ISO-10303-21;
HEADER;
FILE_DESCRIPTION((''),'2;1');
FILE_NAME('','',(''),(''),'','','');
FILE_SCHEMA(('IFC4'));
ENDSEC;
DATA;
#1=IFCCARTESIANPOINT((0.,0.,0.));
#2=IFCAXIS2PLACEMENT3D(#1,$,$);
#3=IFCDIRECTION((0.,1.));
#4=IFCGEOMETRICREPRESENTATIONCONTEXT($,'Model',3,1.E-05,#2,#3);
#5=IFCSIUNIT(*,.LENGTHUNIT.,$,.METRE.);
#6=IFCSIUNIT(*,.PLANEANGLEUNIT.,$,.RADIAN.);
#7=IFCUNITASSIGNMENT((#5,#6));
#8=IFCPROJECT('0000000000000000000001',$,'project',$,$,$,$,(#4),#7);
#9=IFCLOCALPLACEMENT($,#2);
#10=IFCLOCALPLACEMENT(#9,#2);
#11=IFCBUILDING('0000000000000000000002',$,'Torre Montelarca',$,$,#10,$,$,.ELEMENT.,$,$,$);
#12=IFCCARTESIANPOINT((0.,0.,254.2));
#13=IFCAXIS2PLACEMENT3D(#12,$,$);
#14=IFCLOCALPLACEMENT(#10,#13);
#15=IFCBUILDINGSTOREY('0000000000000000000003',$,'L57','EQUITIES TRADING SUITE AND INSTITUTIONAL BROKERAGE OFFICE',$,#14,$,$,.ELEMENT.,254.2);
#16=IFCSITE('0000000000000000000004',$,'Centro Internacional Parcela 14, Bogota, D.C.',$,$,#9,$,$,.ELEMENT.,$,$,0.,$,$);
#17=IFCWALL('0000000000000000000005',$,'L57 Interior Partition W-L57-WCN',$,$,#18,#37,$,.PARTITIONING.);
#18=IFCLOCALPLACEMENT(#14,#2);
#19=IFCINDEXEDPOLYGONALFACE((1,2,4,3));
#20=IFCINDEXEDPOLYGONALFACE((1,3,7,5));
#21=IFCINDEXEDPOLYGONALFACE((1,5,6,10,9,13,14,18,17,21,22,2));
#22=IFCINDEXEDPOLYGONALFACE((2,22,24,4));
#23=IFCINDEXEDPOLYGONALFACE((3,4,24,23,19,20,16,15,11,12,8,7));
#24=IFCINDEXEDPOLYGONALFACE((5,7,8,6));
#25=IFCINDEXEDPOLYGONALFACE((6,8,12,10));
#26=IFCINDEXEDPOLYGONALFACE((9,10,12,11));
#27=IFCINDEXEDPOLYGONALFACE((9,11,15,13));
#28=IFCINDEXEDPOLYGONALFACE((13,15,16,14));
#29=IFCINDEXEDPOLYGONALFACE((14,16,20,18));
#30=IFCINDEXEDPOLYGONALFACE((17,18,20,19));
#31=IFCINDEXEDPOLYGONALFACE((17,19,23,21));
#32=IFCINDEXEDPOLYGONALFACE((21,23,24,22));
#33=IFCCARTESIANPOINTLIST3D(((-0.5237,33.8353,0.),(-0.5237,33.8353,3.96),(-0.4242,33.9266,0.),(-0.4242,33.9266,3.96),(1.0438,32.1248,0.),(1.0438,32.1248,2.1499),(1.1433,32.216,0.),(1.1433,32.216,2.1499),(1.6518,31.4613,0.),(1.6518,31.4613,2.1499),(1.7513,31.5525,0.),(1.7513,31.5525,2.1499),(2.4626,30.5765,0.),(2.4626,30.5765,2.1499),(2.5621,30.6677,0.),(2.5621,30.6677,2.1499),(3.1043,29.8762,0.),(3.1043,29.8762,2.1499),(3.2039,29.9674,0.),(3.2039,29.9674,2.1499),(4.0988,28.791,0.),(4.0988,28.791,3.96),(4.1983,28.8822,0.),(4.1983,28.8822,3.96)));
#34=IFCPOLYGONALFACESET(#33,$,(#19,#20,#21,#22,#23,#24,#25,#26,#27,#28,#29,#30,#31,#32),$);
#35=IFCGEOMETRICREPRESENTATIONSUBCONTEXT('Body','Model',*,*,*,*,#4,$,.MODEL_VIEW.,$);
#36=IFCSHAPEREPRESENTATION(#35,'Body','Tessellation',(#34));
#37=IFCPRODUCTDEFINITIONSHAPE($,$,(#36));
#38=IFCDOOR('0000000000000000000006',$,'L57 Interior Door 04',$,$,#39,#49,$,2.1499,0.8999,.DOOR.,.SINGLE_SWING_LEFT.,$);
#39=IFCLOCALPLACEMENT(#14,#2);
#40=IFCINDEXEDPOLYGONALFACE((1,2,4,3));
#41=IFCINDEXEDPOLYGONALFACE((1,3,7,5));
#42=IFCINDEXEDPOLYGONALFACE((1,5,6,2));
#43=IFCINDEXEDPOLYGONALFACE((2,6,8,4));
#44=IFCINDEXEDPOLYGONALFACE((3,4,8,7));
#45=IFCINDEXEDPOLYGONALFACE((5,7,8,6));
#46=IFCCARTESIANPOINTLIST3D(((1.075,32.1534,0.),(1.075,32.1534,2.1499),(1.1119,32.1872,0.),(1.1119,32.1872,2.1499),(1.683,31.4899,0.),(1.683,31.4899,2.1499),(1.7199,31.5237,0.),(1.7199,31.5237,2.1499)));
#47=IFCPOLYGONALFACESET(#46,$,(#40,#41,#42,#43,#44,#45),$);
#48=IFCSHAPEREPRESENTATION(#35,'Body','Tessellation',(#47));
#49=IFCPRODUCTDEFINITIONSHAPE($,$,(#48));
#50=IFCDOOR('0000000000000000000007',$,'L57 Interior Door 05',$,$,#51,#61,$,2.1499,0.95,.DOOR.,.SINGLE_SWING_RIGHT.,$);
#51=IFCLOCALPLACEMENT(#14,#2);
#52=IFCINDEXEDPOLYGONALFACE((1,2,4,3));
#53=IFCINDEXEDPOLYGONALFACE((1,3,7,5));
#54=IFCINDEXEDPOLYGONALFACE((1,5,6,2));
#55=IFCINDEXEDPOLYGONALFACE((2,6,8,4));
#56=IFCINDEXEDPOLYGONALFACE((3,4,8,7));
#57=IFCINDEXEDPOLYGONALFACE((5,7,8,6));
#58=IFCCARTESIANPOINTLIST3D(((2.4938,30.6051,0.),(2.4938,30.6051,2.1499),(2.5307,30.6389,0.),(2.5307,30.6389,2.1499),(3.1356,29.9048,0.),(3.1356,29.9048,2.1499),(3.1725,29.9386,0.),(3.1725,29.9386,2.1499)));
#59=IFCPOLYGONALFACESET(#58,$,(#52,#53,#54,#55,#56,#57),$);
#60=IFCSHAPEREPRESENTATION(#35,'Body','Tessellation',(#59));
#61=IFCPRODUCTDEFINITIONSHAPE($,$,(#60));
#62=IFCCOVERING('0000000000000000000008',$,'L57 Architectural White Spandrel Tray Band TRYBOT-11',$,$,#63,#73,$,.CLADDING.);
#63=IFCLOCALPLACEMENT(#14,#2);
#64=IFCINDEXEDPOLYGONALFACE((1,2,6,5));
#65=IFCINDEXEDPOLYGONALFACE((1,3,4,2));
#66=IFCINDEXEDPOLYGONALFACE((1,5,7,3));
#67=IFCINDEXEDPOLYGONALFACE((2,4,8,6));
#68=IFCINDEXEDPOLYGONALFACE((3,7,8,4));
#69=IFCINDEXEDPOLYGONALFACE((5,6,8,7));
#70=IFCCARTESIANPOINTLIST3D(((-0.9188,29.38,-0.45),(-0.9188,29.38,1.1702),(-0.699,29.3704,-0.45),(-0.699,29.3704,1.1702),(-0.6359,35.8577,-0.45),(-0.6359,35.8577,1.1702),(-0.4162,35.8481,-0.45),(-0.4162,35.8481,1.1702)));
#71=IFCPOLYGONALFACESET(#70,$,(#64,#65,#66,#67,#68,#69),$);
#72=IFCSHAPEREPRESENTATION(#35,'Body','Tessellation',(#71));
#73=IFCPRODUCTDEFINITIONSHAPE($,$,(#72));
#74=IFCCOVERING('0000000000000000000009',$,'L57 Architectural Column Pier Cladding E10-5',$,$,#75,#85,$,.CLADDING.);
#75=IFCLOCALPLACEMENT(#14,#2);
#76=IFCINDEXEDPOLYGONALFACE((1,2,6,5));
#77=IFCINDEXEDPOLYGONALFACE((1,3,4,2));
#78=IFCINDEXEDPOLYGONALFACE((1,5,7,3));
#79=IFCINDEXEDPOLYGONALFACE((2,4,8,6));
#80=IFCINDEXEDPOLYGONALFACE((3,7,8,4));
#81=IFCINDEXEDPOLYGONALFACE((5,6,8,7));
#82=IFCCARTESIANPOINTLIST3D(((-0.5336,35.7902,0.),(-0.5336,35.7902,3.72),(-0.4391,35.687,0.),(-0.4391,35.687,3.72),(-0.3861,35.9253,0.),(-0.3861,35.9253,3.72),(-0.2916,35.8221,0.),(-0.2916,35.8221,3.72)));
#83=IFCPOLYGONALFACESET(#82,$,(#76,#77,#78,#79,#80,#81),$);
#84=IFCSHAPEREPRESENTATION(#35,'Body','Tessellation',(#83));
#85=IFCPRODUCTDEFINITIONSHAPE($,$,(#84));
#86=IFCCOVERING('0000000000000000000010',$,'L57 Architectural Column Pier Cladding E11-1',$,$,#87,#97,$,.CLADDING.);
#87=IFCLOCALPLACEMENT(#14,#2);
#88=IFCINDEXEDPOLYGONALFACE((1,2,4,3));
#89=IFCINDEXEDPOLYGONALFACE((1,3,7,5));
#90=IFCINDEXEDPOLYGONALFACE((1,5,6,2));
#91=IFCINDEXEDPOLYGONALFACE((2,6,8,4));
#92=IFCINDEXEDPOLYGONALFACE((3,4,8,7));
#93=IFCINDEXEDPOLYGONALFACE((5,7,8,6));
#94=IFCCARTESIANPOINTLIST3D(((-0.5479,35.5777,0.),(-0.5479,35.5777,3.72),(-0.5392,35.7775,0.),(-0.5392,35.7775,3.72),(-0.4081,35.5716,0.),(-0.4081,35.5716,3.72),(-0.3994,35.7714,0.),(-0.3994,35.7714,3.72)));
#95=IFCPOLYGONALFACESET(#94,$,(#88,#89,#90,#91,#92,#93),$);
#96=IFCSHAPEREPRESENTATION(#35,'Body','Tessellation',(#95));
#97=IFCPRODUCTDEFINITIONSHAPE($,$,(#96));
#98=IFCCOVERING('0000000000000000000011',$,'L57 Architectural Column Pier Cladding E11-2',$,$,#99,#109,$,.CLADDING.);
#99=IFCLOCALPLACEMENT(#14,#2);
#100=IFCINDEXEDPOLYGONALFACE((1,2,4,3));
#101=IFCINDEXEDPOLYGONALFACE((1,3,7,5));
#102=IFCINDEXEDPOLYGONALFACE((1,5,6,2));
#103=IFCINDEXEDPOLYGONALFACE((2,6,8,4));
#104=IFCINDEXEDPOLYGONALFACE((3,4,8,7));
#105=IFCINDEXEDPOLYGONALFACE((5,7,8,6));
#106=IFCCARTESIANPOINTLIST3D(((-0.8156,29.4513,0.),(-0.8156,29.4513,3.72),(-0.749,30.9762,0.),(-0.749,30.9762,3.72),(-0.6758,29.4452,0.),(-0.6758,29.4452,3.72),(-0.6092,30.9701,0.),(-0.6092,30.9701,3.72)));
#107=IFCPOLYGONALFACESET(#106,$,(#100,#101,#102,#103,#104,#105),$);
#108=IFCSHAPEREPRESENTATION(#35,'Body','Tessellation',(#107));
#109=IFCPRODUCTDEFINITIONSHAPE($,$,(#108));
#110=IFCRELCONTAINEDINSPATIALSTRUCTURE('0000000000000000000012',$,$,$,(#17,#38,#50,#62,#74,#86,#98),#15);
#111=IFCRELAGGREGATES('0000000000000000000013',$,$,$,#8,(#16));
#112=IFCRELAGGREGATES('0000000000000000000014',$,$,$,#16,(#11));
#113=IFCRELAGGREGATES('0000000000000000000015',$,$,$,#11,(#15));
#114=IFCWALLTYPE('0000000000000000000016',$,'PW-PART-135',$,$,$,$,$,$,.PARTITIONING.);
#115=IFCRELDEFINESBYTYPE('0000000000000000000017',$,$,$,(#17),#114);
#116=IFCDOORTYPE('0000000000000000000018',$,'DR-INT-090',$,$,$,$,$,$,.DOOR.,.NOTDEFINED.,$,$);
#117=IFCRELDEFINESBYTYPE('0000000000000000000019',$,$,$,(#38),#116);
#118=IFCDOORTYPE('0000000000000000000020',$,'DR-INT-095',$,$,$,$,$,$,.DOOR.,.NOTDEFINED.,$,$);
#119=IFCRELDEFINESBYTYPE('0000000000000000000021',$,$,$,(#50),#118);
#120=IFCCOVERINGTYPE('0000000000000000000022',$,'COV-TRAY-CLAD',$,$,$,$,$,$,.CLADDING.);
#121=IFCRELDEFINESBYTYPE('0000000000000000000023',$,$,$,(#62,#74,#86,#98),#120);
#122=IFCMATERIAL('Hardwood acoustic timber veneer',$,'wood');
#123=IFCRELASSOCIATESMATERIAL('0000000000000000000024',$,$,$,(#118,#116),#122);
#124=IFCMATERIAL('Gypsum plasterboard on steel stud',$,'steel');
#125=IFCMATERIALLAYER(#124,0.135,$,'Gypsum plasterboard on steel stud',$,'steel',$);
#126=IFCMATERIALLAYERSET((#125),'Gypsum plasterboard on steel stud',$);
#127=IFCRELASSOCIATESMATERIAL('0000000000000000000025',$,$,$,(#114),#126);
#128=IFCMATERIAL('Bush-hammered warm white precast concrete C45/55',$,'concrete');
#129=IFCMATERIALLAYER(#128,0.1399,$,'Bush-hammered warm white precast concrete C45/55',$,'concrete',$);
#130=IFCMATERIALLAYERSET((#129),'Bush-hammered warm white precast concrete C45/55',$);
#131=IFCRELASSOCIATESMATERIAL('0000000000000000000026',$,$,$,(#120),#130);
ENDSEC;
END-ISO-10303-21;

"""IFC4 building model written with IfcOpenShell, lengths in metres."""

from ifc_helpers import new_model, si_unit, direction, frame, frame_2d, origin, origin_2d, place, context, subcontext, project, spatial, rectangle, extrude, source, transform, mapped, material, layer, layer_set, type_object, element, fill, save


model = new_model("IFC4")

# Units and contexts
model_context = context("Model", 3, precision=1e-05, world=origin(), true_north=direction((0.0, 1.0)))
body_context = subcontext(model_context, "Body", "Model", "MODEL_VIEW")
ifc_project = project(units=[si_unit("LENGTHUNIT", "METRE"), si_unit("PLANEANGLEUNIT", "RADIAN")], contexts=[model_context])

# Site, building, storey
site_placement = place(None, origin())
site = spatial("IfcSite", under=ifc_project, at=site_placement, Name="Centro Internacional Parcela 14, Bogota, D.C.", CompositionType="ELEMENT", RefElevation=0.0)
building_placement = place(site_placement, origin())
building = spatial("IfcBuilding", under=site, at=building_placement, Name="Torre Montelarca", CompositionType="ELEMENT")
storey_placement = place(building_placement, frame((0.0, 0.0, 254.2)))
storey = spatial("IfcBuildingStorey", under=building, at=storey_placement, Name="L57", Description="EQUITIES TRADING SUITE AND INSTITUTIONAL BROKERAGE OFFICE", CompositionType="ELEMENT", Elevation=254.2)

# Shared definitions
ifc_material_1 = material(Name="Hardwood acoustic timber veneer", Category="wood")
door_type_1 = type_object("IfcDoorType", Name="DR-INT-095", OperationType="NOTDEFINED", PredefinedType="DOOR", material=ifc_material_1)
shared_shape_1 = source(origin(), body_context, "Body", "SweptSolid", [
    extrude(rectangle(XDim=0.95, YDim=2.1499, at=frame_2d((0.4751, 1.075))), frame((0.0, 0.0249, 0.0), z_axis=(0.0, -1.0, 0.0), x_axis=(1.0, 0.0, 0.0)), (0.0, 0.0, 1.0), 0.05),
])

# Wall, openings, doors
ifc_material_2 = material(Name="Gypsum plasterboard on steel stud", Category="steel")
ifc_layer_1 = layer(ifc_material_2, 0.135, Name="Gypsum plasterboard on steel stud", Category="steel")
ifc_layer_set_1 = layer_set([ifc_layer_1], Name="Gypsum plasterboard on steel stud")
wall_type_1 = type_object("IfcWallType", Name="PW-PART-135", PredefinedType="PARTITIONING", material=ifc_layer_set_1)
wall_1_placement = place(storey_placement, frame((-0.4739, 33.8809, 0.0), z_axis=(0.0, 0.0, 1.0), x_axis=(0.675605, -0.737264, 0.0)))
wall_1 = element("IfcWall", 1, at=wall_1_placement, inside=storey, type_object=wall_type_1, Name="L57 Interior Partition W-L57-WCN", PredefinedType="PARTITIONING", context=body_context, shape_type="SweptSolid", body=[
    extrude(rectangle(XDim=6.842, YDim=0.135, at=frame_2d((3.4209, 0.0))), origin(), (0.0, 0.0, 1.0), 3.96),
])
opening_1_placement = place(wall_1_placement, frame((2.3201, 0.0, 0.0)))
opening_1 = element("IfcOpeningElement", 2, at=opening_1_placement, cuts=wall_1, PredefinedType="OPENING", context=body_context, shape_type="SweptSolid", body=[
    extrude(rectangle(XDim=0.8999, YDim=2.1499, at=frame_2d((0.45, 1.075))), frame((0.0, 0.0776, 0.0), z_axis=(0.0, -1.0, 0.0), x_axis=(1.0, 0.0, 0.0)), (0.0, 0.0, 1.0), 0.155),
])
opening_2_placement = place(wall_1_placement, frame((4.4199, 0.0, 0.0)))
opening_2 = element("IfcOpeningElement", 3, at=opening_2_placement, cuts=wall_1, PredefinedType="OPENING", context=body_context, shape_type="SweptSolid", body=[
    extrude(rectangle(XDim=0.95, YDim=2.1499, at=frame_2d((0.4751, 1.075))), frame((0.0, 0.0776, 0.0), z_axis=(0.0, -1.0, 0.0), x_axis=(1.0, 0.0, 0.0)), (0.0, 0.0, 1.0), 0.155),
])
door_type_2 = type_object("IfcDoorType", Name="DR-INT-090", OperationType="NOTDEFINED", PredefinedType="DOOR", material=ifc_material_1)
shared_shape_2 = source(origin(), body_context, "Body", "SweptSolid", [
    extrude(rectangle(XDim=0.8999, YDim=2.1499, at=frame_2d((0.45, 1.075))), frame((0.0, 0.0249, 0.0), z_axis=(0.0, -1.0, 0.0), x_axis=(1.0, 0.0, 0.0)), (0.0, 0.0, 1.0), 0.05),
])
door_1_placement = place(opening_1_placement, origin())
door_1 = element("IfcDoor", 4, at=door_1_placement, inside=storey, type_object=door_type_2, Name="L57 Interior Door 04", OperationType="SINGLE_SWING_LEFT", OverallHeight=2.1499, OverallWidth=0.8999, PredefinedType="DOOR", context=body_context, shape_type="MappedRepresentation", body=[
    mapped(shared_shape_2, transform((0.0, 0.0, 0.0), scale=1.0)),
])
fill(opening_1, door_1)
door_2_placement = place(opening_2_placement, origin())
door_2 = element("IfcDoor", 5, at=door_2_placement, inside=storey, type_object=door_type_1, Name="L57 Interior Door 05", OperationType="SINGLE_SWING_RIGHT", OverallHeight=2.1499, OverallWidth=0.95, PredefinedType="DOOR", context=body_context, shape_type="MappedRepresentation", body=[
    mapped(shared_shape_1, transform((0.0, 0.0, 0.0), scale=1.0)),
])
fill(opening_2, door_2)

# Coverings
ifc_material_3 = material(Name="Bush-hammered warm white precast concrete C45/55", Category="concrete")
ifc_layer_2 = layer(ifc_material_3, 0.1399, Name="Bush-hammered warm white precast concrete C45/55", Category="concrete")
ifc_layer_set_2 = layer_set([ifc_layer_2], Name="Bush-hammered warm white precast concrete C45/55")
covering_type = type_object("IfcCoveringType", Name="COV-TRAY-CLAD", PredefinedType="CLADDING", material=ifc_layer_set_2)
shared_shape_3 = source(origin(), body_context, "Body", "SweptSolid", [
    extrude(rectangle(XDim=6.4839, YDim=0.22, at=origin_2d()), origin(), (0.0, 0.0, 1.0), 1.6201),
])
covering_1_placement = place(storey_placement, frame((-0.6675, 32.614, -0.45), z_axis=(0.0, 0.0, 1.0), x_axis=(-0.043621, -0.999048, 0.0)))
element("IfcCovering", 6, at=covering_1_placement, inside=storey, type_object=covering_type, Name="L57 Architectural White Spandrel Tray Band TRYBOT-11", PredefinedType="CLADDING", context=body_context, shape_type="MappedRepresentation", body=[
    mapped(shared_shape_3, transform((0.0, 0.0, 0.0), scale=1.0)),
])
shared_shape_4 = source(origin(), body_context, "Body", "SweptSolid", [
    extrude(rectangle(XDim=0.2, YDim=0.1399, at=origin_2d()), origin(), (0.0, 0.0, 1.0), 3.72),
])
for number, where, z_axis, x_axis, name in (
    (7, (-0.4126, 35.8062, 0.0), (0.0, 0.0, 1.0), (-0.737276, -0.675591, 0.0), "L57 Architectural Column Pier Cladding E10-5"),
    (8, (-0.4736, 35.6746, 0.0), (0.0, 0.0, 1.0), (-0.043628, -0.999048, 0.0), "L57 Architectural Column Pier Cladding E11-1"),
):
    element("IfcCovering", number, at=place(storey_placement, frame(where, z_axis=z_axis, x_axis=x_axis)), inside=storey, type_object=covering_type, Name=name, PredefinedType="CLADDING", context=body_context, shape_type="MappedRepresentation", body=[
        mapped(shared_shape_4, transform((0.0, 0.0, 0.0), scale=1.0)),
    ])
shared_shape_5 = source(origin(), body_context, "Body", "SweptSolid", [
    extrude(rectangle(XDim=1.5264, YDim=0.1399, at=origin_2d()), origin(), (0.0, 0.0, 1.0), 3.72),
])
covering_2_placement = place(storey_placement, frame((-0.7124, 30.2107, 0.0), z_axis=(0.0, 0.0, 1.0), x_axis=(-0.043628, -0.999048, 0.0)))
element("IfcCovering", 9, at=covering_2_placement, inside=storey, type_object=covering_type, Name="L57 Architectural Column Pier Cladding E11-2", PredefinedType="CLADDING", context=body_context, shape_type="MappedRepresentation", body=[
    mapped(shared_shape_5, transform((0.0, 0.0, 0.0), scale=1.0)),
])

save(model, "model.ifc")
